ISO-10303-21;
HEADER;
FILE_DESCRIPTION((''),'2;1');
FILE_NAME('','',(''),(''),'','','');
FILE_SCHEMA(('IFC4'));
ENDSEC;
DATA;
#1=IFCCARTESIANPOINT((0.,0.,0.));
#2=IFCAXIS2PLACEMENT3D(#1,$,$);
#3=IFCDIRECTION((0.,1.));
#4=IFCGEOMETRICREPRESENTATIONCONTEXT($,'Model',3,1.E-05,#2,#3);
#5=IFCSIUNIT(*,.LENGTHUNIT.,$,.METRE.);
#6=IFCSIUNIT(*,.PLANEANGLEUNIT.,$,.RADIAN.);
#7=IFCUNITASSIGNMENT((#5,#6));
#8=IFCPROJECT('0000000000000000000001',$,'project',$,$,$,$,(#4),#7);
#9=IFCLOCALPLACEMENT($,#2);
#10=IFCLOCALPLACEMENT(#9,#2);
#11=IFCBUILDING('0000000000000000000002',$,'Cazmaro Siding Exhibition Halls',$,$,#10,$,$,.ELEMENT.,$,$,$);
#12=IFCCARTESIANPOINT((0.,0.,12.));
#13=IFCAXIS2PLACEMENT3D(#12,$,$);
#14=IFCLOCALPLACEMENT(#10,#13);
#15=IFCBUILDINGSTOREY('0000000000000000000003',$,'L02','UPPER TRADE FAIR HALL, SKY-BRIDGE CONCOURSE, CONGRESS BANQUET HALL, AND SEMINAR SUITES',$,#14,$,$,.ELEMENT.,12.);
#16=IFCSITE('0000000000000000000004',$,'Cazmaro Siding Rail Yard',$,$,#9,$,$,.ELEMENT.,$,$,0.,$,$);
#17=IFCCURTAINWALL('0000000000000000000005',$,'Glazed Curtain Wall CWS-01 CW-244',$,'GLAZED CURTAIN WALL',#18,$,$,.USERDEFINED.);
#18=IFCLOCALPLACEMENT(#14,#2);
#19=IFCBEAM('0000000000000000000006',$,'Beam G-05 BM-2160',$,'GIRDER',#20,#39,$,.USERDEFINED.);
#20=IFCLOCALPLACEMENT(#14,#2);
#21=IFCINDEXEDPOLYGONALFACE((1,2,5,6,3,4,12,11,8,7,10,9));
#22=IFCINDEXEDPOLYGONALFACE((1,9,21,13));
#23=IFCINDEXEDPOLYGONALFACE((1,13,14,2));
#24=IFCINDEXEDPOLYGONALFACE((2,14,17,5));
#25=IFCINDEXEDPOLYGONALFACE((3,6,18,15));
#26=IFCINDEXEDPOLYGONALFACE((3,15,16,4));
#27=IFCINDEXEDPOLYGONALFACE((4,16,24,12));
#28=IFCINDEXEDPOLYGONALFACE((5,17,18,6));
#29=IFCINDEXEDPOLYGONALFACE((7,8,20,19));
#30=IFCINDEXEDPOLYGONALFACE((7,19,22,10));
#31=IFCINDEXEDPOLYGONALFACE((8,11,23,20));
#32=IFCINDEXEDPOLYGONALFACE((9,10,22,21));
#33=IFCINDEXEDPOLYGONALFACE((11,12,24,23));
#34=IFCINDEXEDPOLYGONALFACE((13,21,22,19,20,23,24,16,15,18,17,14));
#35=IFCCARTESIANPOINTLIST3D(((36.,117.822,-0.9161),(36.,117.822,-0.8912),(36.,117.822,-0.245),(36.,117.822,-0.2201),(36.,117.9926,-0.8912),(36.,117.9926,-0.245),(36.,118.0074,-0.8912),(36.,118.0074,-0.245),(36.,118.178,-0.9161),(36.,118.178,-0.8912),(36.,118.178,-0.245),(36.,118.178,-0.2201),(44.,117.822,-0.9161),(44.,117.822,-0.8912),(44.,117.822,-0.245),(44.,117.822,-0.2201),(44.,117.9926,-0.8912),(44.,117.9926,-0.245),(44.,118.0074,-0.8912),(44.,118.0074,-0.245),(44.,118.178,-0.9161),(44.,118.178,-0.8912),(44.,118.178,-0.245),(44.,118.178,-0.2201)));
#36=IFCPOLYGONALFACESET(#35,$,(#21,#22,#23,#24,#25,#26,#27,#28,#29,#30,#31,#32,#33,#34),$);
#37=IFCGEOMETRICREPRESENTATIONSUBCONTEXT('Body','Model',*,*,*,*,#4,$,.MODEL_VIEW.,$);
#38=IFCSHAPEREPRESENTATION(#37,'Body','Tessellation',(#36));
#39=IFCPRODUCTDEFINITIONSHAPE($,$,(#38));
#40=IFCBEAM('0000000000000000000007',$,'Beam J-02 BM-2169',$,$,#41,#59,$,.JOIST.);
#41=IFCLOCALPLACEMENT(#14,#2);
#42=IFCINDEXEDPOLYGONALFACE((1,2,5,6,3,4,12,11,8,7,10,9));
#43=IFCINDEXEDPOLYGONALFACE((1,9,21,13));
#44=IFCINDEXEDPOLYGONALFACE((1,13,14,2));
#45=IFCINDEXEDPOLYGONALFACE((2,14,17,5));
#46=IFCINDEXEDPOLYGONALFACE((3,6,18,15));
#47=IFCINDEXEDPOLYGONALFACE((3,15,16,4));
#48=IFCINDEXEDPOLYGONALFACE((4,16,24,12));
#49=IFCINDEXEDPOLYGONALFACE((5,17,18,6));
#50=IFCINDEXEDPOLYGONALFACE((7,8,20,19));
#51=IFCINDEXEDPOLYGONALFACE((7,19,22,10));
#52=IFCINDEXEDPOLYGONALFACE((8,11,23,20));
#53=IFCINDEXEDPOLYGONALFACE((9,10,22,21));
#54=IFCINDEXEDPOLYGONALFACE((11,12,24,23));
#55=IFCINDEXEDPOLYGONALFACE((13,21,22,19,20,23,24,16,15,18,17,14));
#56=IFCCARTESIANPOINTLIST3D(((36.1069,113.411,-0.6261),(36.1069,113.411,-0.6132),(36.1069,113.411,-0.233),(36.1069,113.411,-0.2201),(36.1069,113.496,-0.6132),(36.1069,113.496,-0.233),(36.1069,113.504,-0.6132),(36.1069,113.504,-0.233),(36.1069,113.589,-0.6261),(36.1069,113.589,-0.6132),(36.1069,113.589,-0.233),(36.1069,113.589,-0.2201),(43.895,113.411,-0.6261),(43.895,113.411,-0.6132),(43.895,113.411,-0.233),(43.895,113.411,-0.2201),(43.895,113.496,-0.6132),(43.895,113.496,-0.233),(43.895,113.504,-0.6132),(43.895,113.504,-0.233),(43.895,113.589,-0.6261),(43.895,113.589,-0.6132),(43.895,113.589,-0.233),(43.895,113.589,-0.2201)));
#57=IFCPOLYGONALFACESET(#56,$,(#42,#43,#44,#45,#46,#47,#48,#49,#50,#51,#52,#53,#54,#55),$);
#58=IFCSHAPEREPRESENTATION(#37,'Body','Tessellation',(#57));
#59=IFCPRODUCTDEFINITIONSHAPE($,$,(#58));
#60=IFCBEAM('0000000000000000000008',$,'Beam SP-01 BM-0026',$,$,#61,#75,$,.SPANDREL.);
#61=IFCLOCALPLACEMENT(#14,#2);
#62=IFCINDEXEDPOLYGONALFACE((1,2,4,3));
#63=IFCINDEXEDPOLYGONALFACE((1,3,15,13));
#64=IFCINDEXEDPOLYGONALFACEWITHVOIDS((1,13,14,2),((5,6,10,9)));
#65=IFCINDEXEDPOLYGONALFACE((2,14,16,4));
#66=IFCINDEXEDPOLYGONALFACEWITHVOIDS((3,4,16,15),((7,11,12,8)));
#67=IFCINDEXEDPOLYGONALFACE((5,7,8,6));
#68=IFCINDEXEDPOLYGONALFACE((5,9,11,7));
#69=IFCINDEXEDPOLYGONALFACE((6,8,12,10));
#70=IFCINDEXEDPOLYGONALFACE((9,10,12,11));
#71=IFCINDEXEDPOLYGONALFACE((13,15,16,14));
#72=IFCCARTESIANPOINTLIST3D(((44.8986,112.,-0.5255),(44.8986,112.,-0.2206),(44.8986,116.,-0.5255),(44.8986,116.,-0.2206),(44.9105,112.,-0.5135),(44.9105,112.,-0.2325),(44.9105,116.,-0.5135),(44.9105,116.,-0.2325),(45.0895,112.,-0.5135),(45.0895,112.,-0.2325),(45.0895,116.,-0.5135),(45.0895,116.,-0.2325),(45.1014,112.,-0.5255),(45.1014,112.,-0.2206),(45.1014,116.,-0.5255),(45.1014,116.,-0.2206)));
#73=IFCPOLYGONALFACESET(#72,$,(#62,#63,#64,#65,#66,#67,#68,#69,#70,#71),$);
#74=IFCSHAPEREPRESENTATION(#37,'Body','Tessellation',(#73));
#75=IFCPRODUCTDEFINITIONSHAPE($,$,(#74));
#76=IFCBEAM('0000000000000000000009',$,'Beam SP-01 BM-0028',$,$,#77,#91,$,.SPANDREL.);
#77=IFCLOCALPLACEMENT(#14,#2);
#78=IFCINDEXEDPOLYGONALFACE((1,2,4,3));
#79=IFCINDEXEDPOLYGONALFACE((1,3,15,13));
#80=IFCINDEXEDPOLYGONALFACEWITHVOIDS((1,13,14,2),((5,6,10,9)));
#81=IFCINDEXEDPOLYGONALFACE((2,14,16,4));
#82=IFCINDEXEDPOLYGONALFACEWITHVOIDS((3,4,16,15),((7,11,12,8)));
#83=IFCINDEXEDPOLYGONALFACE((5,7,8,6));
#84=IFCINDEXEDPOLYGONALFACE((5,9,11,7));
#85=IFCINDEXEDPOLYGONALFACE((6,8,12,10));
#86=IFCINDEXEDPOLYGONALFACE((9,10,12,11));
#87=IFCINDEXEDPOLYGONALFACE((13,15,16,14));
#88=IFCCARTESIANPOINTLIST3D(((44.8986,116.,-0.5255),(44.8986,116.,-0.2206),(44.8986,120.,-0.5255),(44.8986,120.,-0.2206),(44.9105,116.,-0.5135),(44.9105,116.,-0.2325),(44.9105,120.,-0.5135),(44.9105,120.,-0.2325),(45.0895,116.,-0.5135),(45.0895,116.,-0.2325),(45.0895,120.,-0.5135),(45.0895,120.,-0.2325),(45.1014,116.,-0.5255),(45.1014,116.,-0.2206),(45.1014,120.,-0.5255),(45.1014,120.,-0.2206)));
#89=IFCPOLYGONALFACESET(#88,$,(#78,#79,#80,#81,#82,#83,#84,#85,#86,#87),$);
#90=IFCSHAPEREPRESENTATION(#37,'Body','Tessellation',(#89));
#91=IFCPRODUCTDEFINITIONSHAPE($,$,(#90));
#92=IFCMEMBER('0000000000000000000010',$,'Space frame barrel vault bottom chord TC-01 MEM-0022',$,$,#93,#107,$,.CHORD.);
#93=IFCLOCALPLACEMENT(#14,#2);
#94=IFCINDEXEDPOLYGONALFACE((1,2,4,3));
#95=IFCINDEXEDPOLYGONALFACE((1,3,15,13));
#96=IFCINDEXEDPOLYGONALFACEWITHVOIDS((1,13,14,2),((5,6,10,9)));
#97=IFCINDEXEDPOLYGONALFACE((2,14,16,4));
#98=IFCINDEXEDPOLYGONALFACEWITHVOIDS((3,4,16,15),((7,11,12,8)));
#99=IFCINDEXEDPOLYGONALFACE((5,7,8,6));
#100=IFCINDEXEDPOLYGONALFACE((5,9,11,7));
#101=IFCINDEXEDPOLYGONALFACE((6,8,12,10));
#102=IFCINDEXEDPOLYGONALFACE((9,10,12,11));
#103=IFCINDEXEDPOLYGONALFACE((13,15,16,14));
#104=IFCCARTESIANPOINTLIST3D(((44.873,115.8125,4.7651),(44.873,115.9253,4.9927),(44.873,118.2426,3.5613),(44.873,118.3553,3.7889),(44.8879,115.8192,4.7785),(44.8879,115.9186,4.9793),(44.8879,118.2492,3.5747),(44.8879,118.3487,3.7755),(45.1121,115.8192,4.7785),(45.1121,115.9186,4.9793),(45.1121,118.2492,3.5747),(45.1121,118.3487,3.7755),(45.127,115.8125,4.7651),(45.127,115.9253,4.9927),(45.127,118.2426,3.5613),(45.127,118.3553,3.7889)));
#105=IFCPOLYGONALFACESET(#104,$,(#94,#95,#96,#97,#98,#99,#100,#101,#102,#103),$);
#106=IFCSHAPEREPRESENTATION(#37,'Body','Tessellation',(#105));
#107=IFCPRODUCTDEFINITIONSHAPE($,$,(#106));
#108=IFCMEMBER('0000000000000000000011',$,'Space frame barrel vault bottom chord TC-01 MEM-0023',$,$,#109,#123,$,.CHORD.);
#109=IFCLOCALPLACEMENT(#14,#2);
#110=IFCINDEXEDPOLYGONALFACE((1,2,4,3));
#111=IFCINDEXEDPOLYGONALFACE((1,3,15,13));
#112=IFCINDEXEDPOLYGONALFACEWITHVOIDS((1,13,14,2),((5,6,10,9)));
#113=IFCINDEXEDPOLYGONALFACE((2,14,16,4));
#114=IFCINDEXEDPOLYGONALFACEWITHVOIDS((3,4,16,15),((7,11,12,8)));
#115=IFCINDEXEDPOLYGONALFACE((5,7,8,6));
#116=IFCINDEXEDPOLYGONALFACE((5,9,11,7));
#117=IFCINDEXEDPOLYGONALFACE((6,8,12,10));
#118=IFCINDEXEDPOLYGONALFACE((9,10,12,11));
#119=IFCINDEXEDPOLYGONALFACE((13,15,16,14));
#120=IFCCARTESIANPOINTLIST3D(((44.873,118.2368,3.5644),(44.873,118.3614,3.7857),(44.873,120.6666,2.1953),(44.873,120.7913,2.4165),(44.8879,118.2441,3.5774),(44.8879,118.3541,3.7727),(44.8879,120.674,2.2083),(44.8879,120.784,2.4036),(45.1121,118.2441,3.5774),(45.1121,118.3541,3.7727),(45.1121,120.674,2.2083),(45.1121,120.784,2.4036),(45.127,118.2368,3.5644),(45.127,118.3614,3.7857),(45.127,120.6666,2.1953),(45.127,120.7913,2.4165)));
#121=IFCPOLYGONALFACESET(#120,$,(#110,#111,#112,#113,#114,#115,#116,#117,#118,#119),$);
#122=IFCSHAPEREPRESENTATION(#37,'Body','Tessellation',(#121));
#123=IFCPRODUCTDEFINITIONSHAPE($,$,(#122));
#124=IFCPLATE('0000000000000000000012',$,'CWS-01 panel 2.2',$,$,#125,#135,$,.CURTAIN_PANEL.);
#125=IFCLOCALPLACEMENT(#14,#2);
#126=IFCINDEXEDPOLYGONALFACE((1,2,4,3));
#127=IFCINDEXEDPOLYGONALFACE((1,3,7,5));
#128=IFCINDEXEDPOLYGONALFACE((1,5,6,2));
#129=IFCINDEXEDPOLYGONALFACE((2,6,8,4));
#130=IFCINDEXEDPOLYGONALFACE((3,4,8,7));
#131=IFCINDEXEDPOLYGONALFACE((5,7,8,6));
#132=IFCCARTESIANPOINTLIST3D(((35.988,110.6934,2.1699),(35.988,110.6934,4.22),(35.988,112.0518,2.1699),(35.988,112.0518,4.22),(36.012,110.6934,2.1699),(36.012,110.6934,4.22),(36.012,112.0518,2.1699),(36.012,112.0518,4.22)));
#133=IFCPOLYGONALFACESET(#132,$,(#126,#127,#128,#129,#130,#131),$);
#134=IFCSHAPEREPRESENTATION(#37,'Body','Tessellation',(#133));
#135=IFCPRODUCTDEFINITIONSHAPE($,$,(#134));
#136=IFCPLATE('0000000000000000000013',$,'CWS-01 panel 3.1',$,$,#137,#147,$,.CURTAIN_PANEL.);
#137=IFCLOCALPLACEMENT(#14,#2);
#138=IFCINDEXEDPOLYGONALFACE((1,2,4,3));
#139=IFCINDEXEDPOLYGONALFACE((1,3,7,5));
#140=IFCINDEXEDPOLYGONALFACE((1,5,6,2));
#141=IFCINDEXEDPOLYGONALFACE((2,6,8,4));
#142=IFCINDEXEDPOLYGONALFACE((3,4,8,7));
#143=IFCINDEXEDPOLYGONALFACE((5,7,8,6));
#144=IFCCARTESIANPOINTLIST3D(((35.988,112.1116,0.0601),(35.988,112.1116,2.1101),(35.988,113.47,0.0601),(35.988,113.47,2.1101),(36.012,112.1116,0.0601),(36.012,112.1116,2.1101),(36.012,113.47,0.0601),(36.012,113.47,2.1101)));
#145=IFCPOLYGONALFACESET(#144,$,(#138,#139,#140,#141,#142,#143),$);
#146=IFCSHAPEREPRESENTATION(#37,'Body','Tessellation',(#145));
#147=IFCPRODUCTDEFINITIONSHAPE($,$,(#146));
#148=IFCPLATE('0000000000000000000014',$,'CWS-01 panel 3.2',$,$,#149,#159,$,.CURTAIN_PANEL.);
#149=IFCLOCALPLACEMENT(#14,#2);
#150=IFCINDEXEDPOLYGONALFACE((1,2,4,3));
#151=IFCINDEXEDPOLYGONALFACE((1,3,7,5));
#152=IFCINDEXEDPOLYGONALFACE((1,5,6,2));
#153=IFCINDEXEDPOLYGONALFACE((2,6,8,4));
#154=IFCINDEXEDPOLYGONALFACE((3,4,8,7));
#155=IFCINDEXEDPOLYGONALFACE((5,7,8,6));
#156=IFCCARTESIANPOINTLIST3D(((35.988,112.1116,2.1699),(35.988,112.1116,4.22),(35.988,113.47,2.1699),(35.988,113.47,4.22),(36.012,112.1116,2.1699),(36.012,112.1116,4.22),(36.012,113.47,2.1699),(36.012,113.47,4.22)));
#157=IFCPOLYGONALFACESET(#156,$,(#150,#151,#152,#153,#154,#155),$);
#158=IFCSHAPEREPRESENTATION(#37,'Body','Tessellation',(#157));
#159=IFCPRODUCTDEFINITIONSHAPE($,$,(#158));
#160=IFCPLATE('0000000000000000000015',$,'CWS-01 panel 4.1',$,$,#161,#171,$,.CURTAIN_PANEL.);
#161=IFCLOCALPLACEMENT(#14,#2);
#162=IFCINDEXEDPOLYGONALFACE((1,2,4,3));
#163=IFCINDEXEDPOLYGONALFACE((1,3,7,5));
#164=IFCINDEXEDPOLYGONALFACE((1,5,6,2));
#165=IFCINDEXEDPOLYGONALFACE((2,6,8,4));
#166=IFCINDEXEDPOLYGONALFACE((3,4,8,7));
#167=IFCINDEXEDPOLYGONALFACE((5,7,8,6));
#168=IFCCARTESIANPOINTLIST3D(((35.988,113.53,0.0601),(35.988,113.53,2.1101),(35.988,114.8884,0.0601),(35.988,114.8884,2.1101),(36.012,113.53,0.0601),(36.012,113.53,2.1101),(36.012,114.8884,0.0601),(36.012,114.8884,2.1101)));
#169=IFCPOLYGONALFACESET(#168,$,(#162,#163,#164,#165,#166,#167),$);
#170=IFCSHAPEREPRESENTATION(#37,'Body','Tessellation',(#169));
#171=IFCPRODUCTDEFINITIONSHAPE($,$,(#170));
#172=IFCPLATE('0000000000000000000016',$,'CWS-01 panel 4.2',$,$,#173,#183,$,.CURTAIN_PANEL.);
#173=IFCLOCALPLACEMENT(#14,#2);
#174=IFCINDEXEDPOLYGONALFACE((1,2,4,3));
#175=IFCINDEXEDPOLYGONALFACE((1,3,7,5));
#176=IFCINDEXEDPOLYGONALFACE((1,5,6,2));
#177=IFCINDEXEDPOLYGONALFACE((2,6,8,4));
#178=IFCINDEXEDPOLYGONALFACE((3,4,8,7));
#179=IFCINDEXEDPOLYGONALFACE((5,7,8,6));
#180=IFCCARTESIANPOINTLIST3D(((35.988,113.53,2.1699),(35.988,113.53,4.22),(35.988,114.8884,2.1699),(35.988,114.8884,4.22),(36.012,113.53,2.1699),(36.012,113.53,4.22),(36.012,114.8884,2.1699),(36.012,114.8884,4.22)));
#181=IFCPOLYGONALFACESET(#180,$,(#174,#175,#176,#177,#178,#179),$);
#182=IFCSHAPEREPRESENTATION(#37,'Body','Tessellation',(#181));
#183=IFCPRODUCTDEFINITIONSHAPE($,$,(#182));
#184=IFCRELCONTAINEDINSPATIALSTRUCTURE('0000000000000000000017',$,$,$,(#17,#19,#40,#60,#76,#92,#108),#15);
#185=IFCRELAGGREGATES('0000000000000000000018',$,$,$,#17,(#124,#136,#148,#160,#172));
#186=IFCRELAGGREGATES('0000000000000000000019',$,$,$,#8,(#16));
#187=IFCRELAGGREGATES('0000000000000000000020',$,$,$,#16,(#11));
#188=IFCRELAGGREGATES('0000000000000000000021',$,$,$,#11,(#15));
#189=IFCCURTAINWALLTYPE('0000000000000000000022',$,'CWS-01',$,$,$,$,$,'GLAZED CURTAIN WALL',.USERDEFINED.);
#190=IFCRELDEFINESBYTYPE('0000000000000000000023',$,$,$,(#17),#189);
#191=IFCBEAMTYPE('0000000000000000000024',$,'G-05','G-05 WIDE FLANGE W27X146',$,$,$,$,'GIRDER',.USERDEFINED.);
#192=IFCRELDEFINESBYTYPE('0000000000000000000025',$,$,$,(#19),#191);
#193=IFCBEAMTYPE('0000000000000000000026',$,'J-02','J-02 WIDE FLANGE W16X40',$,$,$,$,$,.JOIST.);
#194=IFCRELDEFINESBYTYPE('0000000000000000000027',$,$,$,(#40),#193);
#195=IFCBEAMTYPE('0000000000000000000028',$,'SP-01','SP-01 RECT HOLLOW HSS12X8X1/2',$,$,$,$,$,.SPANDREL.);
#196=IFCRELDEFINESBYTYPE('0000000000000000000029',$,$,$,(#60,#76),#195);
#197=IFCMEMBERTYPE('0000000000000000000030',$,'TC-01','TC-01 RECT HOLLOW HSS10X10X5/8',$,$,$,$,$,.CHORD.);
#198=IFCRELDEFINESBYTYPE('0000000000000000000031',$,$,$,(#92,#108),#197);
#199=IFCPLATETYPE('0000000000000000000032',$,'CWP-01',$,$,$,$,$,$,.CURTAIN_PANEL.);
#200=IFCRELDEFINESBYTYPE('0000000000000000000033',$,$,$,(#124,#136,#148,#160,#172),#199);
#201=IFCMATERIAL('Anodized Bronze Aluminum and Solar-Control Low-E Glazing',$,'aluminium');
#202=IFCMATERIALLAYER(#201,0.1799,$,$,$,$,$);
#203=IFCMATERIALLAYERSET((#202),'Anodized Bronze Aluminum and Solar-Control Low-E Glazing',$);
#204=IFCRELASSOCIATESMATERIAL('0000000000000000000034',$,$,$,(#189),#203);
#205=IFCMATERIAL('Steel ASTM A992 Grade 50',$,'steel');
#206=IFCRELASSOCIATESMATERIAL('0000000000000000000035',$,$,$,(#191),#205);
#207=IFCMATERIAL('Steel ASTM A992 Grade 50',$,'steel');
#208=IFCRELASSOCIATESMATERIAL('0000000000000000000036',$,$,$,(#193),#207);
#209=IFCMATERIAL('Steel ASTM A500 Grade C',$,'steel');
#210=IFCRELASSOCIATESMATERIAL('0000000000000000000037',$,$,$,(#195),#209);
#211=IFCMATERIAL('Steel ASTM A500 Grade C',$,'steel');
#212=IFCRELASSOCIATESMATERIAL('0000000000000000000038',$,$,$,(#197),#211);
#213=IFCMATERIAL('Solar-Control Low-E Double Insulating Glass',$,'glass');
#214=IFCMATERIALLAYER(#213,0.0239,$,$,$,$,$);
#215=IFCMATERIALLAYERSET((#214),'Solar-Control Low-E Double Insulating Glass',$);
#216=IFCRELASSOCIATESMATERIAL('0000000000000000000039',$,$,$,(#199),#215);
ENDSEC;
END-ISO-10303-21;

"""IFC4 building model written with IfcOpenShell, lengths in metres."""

from ifc_helpers import new_model, si_unit, direction, frame, origin, origin_2d, place, context, subcontext, project, spatial, rectangle, hollow_rectangle, i_section, extrude, material, layer, layer_set, material_profile, profile_set, type_object, element, aggregate, save


model = new_model("IFC4")

# Units and contexts
model_context = context("Model", 3, precision=1e-05, world=origin(), true_north=direction((0.0, 1.0)))
body_context = subcontext(model_context, "Body", "Model", "MODEL_VIEW")
ifc_project = project(units=[si_unit("LENGTHUNIT", "METRE"), si_unit("PLANEANGLEUNIT", "RADIAN")], contexts=[model_context])

# Site, building, storey
site_placement = place(None, origin())
site = spatial("IfcSite", under=ifc_project, at=site_placement, Name="Cazmaro Siding Rail Yard", CompositionType="ELEMENT", RefElevation=0.0)
building_placement = place(site_placement, origin())
building = spatial("IfcBuilding", under=site, at=building_placement, Name="Cazmaro Siding Exhibition Halls", CompositionType="ELEMENT")
storey_placement = place(building_placement, frame((0.0, 0.0, 12.0)))
storey = spatial("IfcBuildingStorey", under=building, at=storey_placement, Name="L02", Description="UPPER TRADE FAIR HALL, SKY-BRIDGE CONCOURSE, CONGRESS BANQUET HALL, AND SEMINAR SUITES", CompositionType="ELEMENT", Elevation=12.0)

# Curtain wall
ifc_material_1 = material(Name="Anodized Bronze Aluminum and Solar-Control Low-E Glazing", Category="aluminium")
ifc_layer_1 = layer(ifc_material_1, 0.1799)
ifc_layer_set_1 = layer_set([ifc_layer_1], Name="Anodized Bronze Aluminum and Solar-Control Low-E Glazing")
curtain_wall_type = type_object("IfcCurtainWallType", Name="CWS-01", ElementType="GLAZED CURTAIN WALL", PredefinedType="USERDEFINED", material=ifc_layer_set_1)
curtain_wall_1_placement = place(storey_placement, origin())
curtain_wall_1 = element("IfcCurtainWall", 1, at=curtain_wall_1_placement, inside=storey, type_object=curtain_wall_type, Name="Glazed Curtain Wall CWS-01 CW-244", ObjectType="GLAZED CURTAIN WALL", PredefinedType="USERDEFINED")

# Beams
ifc_material_2 = material(Name="Steel ASTM A992 Grade 50", Category="steel")
ifc_material_profile_1 = material_profile(ifc_material_2, i_section(OverallWidth=0.356, OverallDepth=0.696, WebThickness=0.0149, FlangeThickness=0.0249, at=origin_2d()), Name="W27X146")
ifc_profile_set_1 = profile_set([ifc_material_profile_1], Name="Steel ASTM A992 Grade 50")
beam_type_1 = type_object("IfcBeamType", Name="G-05", Description="G-05 WIDE FLANGE W27X146", ElementType="GIRDER", PredefinedType="USERDEFINED", material=ifc_profile_set_1)
beam_1_placement = place(storey_placement, frame((36.0, 118.0, -0.5681), z_axis=(1.0, 0.0, 0.0), x_axis=(0.0, 1.0, 0.0)))
element("IfcBeam", 2, at=beam_1_placement, inside=storey, type_object=beam_type_1, Name="Beam G-05 BM-2160", ObjectType="GIRDER", PredefinedType="USERDEFINED", context=body_context, shape_type="SweptSolid", body=[
    extrude(i_section(OverallWidth=0.356, OverallDepth=0.696, WebThickness=0.0149, FlangeThickness=0.0249, at=origin_2d()), origin(), (0.0, 0.0, 1.0), 8.0),
])
ifc_material_3 = material(Name="Steel ASTM A992 Grade 50", Category="steel")
ifc_material_profile_2 = material_profile(ifc_material_3, i_section(OverallWidth=0.178, OverallDepth=0.406, WebThickness=0.0081, FlangeThickness=0.0129, at=origin_2d()), Name="W16X40")
ifc_profile_set_2 = profile_set([ifc_material_profile_2], Name="Steel ASTM A992 Grade 50")
beam_type_2 = type_object("IfcBeamType", Name="J-02", Description="J-02 WIDE FLANGE W16X40", PredefinedType="JOIST", material=ifc_profile_set_2)
beam_2_placement = place(storey_placement, frame((36.1069, 113.5, -0.4231), z_axis=(1.0, 0.0, 0.0), x_axis=(0.0, 1.0, 0.0)))
element("IfcBeam", 3, at=beam_2_placement, inside=storey, type_object=beam_type_2, Name="Beam J-02 BM-2169", PredefinedType="JOIST", context=body_context, shape_type="SweptSolid", body=[
    extrude(i_section(OverallWidth=0.178, OverallDepth=0.406, WebThickness=0.0081, FlangeThickness=0.0129, at=origin_2d()), origin(), (0.0, 0.0, 1.0), 7.7881),
])
ifc_material_4 = material(Name="Steel ASTM A500 Grade C", Category="steel")
ifc_material_profile_3 = material_profile(ifc_material_4, hollow_rectangle(XDim=0.2029, YDim=0.3049, WallThickness=0.012, at=origin_2d()), Name="HSS12X8X1/2")
ifc_profile_set_3 = profile_set([ifc_material_profile_3], Name="Steel ASTM A500 Grade C")
beam_type_3 = type_object("IfcBeamType", Name="SP-01", Description="SP-01 RECT HOLLOW HSS12X8X1/2", PredefinedType="SPANDREL", material=ifc_profile_set_3)
for number, where, z_axis, x_axis, name in (
    (4, (45.0, 112.0, -0.373), (0.0, 1.0, 0.0), (-1.0, 0.0, 0.0), "Beam SP-01 BM-0026"),
    (5, (45.0, 116.0, -0.373), (0.0, 1.0, 0.0), (-1.0, 0.0, 0.0), "Beam SP-01 BM-0028"),
):
    element("IfcBeam", number, at=place(storey_placement, frame(where, z_axis=z_axis, x_axis=x_axis)), inside=storey, type_object=beam_type_3, Name=name, PredefinedType="SPANDREL", context=body_context, shape_type="SweptSolid", body=[
        extrude(hollow_rectangle(XDim=0.2029, YDim=0.3049, WallThickness=0.012, at=origin_2d()), origin(), (0.0, 0.0, 1.0), 4.0),
    ])

# Members
ifc_material_5 = material(Name="Steel ASTM A500 Grade C", Category="steel")
ifc_material_profile_4 = material_profile(ifc_material_5, hollow_rectangle(XDim=0.2539, YDim=0.2539, WallThickness=0.0149, at=origin_2d()), Name="HSS10X10X5/8")
ifc_profile_set_4 = profile_set([ifc_material_profile_4], Name="Steel ASTM A500 Grade C")
member_type_1 = type_object("IfcMemberType", Name="TC-01", Description="TC-01 RECT HOLLOW HSS10X10X5/8", PredefinedType="CHORD", material=ifc_profile_set_4)
member_1_placement = place(storey_placement, frame((45.0, 115.8689, 4.8789), z_axis=(0.0, 0.896077, -0.443898), x_axis=(-1.0, 0.0, 0.0)))
element("IfcMember", 6, at=member_1_placement, inside=storey, type_object=member_type_1, Name="Space frame barrel vault bottom chord TC-01 MEM-0022", PredefinedType="CHORD", context=body_context, shape_type="SweptSolid", body=[
    extrude(hollow_rectangle(XDim=0.2539, YDim=0.2539, WallThickness=0.0149, at=origin_2d()), origin(), (0.0, 0.0, 1.0), 2.7119),
])
member_2_placement = place(storey_placement, frame((45.0, 118.2991, 3.675), z_axis=(0.0, 0.871222, -0.490889), x_axis=(-1.0, 0.0, 0.0)))
element("IfcMember", 7, at=member_2_placement, inside=storey, type_object=member_type_1, Name="Space frame barrel vault bottom chord TC-01 MEM-0023", PredefinedType="CHORD", context=body_context, shape_type="SweptSolid", body=[
    extrude(hollow_rectangle(XDim=0.2539, YDim=0.2539, WallThickness=0.0149, at=origin_2d()), origin(), (0.0, 0.0, 1.0), 2.7891),
])

# Plates
ifc_material_6 = material(Name="Solar-Control Low-E Double Insulating Glass", Category="glass")
ifc_layer_2 = layer(ifc_material_6, 0.0239)
ifc_layer_set_2 = layer_set([ifc_layer_2], Name="Solar-Control Low-E Double Insulating Glass")
plate_type = type_object("IfcPlateType", Name="CWP-01", PredefinedType="CURTAIN_PANEL", material=ifc_layer_set_2)
plate_1_placement = place(storey_placement, frame((36.0, 111.3726, 2.1699), z_axis=(0.0, 0.0, 1.0), x_axis=(0.0, 1.0, 0.0)))
plate_1 = element("IfcPlate", 8, at=plate_1_placement, type_object=plate_type, Name="CWS-01 panel 2.2", PredefinedType="CURTAIN_PANEL", context=body_context, shape_type="SweptSolid", body=[
    extrude(rectangle(XDim=1.3584, YDim=0.0239, at=origin_2d()), origin(), (0.0, 0.0, 1.0), 2.05),
])
plate_2_placement = place(storey_placement, frame((36.0, 112.7908, 0.0601), z_axis=(0.0, 0.0, 1.0), x_axis=(0.0, 1.0, 0.0)))
plate_2 = element("IfcPlate", 9, at=plate_2_placement, type_object=plate_type, Name="CWS-01 panel 3.1", PredefinedType="CURTAIN_PANEL", context=body_context, shape_type="SweptSolid", body=[
    extrude(rectangle(XDim=1.3584, YDim=0.0239, at=origin_2d()), origin(), (0.0, 0.0, 1.0), 2.05),
])
plate_3_placement = place(storey_placement, frame((36.0, 112.7908, 2.1699), z_axis=(0.0, 0.0, 1.0), x_axis=(0.0, 1.0, 0.0)))
plate_3 = element("IfcPlate", 10, at=plate_3_placement, type_object=plate_type, Name="CWS-01 panel 3.2", PredefinedType="CURTAIN_PANEL", context=body_context, shape_type="SweptSolid", body=[
    extrude(rectangle(XDim=1.3584, YDim=0.0239, at=origin_2d()), origin(), (0.0, 0.0, 1.0), 2.05),
])
plate_4_placement = place(storey_placement, frame((36.0, 114.2092, 0.0601), z_axis=(0.0, 0.0, 1.0), x_axis=(0.0, 1.0, 0.0)))
plate_4 = element("IfcPlate", 11, at=plate_4_placement, type_object=plate_type, Name="CWS-01 panel 4.1", PredefinedType="CURTAIN_PANEL", context=body_context, shape_type="SweptSolid", body=[
    extrude(rectangle(XDim=1.3584, YDim=0.0239, at=origin_2d()), origin(), (0.0, 0.0, 1.0), 2.05),
])
plate_5_placement = place(storey_placement, frame((36.0, 114.2092, 2.1699), z_axis=(0.0, 0.0, 1.0), x_axis=(0.0, 1.0, 0.0)))
plate_5 = element("IfcPlate", 12, at=plate_5_placement, type_object=plate_type, Name="CWS-01 panel 4.2", PredefinedType="CURTAIN_PANEL", context=body_context, shape_type="SweptSolid", body=[
    extrude(rectangle(XDim=1.3584, YDim=0.0239, at=origin_2d()), origin(), (0.0, 0.0, 1.0), 2.05),
])
aggregate(curtain_wall_1, [plate_1, plate_2, plate_3, plate_4, plate_5])

save(model, "model.ifc")
